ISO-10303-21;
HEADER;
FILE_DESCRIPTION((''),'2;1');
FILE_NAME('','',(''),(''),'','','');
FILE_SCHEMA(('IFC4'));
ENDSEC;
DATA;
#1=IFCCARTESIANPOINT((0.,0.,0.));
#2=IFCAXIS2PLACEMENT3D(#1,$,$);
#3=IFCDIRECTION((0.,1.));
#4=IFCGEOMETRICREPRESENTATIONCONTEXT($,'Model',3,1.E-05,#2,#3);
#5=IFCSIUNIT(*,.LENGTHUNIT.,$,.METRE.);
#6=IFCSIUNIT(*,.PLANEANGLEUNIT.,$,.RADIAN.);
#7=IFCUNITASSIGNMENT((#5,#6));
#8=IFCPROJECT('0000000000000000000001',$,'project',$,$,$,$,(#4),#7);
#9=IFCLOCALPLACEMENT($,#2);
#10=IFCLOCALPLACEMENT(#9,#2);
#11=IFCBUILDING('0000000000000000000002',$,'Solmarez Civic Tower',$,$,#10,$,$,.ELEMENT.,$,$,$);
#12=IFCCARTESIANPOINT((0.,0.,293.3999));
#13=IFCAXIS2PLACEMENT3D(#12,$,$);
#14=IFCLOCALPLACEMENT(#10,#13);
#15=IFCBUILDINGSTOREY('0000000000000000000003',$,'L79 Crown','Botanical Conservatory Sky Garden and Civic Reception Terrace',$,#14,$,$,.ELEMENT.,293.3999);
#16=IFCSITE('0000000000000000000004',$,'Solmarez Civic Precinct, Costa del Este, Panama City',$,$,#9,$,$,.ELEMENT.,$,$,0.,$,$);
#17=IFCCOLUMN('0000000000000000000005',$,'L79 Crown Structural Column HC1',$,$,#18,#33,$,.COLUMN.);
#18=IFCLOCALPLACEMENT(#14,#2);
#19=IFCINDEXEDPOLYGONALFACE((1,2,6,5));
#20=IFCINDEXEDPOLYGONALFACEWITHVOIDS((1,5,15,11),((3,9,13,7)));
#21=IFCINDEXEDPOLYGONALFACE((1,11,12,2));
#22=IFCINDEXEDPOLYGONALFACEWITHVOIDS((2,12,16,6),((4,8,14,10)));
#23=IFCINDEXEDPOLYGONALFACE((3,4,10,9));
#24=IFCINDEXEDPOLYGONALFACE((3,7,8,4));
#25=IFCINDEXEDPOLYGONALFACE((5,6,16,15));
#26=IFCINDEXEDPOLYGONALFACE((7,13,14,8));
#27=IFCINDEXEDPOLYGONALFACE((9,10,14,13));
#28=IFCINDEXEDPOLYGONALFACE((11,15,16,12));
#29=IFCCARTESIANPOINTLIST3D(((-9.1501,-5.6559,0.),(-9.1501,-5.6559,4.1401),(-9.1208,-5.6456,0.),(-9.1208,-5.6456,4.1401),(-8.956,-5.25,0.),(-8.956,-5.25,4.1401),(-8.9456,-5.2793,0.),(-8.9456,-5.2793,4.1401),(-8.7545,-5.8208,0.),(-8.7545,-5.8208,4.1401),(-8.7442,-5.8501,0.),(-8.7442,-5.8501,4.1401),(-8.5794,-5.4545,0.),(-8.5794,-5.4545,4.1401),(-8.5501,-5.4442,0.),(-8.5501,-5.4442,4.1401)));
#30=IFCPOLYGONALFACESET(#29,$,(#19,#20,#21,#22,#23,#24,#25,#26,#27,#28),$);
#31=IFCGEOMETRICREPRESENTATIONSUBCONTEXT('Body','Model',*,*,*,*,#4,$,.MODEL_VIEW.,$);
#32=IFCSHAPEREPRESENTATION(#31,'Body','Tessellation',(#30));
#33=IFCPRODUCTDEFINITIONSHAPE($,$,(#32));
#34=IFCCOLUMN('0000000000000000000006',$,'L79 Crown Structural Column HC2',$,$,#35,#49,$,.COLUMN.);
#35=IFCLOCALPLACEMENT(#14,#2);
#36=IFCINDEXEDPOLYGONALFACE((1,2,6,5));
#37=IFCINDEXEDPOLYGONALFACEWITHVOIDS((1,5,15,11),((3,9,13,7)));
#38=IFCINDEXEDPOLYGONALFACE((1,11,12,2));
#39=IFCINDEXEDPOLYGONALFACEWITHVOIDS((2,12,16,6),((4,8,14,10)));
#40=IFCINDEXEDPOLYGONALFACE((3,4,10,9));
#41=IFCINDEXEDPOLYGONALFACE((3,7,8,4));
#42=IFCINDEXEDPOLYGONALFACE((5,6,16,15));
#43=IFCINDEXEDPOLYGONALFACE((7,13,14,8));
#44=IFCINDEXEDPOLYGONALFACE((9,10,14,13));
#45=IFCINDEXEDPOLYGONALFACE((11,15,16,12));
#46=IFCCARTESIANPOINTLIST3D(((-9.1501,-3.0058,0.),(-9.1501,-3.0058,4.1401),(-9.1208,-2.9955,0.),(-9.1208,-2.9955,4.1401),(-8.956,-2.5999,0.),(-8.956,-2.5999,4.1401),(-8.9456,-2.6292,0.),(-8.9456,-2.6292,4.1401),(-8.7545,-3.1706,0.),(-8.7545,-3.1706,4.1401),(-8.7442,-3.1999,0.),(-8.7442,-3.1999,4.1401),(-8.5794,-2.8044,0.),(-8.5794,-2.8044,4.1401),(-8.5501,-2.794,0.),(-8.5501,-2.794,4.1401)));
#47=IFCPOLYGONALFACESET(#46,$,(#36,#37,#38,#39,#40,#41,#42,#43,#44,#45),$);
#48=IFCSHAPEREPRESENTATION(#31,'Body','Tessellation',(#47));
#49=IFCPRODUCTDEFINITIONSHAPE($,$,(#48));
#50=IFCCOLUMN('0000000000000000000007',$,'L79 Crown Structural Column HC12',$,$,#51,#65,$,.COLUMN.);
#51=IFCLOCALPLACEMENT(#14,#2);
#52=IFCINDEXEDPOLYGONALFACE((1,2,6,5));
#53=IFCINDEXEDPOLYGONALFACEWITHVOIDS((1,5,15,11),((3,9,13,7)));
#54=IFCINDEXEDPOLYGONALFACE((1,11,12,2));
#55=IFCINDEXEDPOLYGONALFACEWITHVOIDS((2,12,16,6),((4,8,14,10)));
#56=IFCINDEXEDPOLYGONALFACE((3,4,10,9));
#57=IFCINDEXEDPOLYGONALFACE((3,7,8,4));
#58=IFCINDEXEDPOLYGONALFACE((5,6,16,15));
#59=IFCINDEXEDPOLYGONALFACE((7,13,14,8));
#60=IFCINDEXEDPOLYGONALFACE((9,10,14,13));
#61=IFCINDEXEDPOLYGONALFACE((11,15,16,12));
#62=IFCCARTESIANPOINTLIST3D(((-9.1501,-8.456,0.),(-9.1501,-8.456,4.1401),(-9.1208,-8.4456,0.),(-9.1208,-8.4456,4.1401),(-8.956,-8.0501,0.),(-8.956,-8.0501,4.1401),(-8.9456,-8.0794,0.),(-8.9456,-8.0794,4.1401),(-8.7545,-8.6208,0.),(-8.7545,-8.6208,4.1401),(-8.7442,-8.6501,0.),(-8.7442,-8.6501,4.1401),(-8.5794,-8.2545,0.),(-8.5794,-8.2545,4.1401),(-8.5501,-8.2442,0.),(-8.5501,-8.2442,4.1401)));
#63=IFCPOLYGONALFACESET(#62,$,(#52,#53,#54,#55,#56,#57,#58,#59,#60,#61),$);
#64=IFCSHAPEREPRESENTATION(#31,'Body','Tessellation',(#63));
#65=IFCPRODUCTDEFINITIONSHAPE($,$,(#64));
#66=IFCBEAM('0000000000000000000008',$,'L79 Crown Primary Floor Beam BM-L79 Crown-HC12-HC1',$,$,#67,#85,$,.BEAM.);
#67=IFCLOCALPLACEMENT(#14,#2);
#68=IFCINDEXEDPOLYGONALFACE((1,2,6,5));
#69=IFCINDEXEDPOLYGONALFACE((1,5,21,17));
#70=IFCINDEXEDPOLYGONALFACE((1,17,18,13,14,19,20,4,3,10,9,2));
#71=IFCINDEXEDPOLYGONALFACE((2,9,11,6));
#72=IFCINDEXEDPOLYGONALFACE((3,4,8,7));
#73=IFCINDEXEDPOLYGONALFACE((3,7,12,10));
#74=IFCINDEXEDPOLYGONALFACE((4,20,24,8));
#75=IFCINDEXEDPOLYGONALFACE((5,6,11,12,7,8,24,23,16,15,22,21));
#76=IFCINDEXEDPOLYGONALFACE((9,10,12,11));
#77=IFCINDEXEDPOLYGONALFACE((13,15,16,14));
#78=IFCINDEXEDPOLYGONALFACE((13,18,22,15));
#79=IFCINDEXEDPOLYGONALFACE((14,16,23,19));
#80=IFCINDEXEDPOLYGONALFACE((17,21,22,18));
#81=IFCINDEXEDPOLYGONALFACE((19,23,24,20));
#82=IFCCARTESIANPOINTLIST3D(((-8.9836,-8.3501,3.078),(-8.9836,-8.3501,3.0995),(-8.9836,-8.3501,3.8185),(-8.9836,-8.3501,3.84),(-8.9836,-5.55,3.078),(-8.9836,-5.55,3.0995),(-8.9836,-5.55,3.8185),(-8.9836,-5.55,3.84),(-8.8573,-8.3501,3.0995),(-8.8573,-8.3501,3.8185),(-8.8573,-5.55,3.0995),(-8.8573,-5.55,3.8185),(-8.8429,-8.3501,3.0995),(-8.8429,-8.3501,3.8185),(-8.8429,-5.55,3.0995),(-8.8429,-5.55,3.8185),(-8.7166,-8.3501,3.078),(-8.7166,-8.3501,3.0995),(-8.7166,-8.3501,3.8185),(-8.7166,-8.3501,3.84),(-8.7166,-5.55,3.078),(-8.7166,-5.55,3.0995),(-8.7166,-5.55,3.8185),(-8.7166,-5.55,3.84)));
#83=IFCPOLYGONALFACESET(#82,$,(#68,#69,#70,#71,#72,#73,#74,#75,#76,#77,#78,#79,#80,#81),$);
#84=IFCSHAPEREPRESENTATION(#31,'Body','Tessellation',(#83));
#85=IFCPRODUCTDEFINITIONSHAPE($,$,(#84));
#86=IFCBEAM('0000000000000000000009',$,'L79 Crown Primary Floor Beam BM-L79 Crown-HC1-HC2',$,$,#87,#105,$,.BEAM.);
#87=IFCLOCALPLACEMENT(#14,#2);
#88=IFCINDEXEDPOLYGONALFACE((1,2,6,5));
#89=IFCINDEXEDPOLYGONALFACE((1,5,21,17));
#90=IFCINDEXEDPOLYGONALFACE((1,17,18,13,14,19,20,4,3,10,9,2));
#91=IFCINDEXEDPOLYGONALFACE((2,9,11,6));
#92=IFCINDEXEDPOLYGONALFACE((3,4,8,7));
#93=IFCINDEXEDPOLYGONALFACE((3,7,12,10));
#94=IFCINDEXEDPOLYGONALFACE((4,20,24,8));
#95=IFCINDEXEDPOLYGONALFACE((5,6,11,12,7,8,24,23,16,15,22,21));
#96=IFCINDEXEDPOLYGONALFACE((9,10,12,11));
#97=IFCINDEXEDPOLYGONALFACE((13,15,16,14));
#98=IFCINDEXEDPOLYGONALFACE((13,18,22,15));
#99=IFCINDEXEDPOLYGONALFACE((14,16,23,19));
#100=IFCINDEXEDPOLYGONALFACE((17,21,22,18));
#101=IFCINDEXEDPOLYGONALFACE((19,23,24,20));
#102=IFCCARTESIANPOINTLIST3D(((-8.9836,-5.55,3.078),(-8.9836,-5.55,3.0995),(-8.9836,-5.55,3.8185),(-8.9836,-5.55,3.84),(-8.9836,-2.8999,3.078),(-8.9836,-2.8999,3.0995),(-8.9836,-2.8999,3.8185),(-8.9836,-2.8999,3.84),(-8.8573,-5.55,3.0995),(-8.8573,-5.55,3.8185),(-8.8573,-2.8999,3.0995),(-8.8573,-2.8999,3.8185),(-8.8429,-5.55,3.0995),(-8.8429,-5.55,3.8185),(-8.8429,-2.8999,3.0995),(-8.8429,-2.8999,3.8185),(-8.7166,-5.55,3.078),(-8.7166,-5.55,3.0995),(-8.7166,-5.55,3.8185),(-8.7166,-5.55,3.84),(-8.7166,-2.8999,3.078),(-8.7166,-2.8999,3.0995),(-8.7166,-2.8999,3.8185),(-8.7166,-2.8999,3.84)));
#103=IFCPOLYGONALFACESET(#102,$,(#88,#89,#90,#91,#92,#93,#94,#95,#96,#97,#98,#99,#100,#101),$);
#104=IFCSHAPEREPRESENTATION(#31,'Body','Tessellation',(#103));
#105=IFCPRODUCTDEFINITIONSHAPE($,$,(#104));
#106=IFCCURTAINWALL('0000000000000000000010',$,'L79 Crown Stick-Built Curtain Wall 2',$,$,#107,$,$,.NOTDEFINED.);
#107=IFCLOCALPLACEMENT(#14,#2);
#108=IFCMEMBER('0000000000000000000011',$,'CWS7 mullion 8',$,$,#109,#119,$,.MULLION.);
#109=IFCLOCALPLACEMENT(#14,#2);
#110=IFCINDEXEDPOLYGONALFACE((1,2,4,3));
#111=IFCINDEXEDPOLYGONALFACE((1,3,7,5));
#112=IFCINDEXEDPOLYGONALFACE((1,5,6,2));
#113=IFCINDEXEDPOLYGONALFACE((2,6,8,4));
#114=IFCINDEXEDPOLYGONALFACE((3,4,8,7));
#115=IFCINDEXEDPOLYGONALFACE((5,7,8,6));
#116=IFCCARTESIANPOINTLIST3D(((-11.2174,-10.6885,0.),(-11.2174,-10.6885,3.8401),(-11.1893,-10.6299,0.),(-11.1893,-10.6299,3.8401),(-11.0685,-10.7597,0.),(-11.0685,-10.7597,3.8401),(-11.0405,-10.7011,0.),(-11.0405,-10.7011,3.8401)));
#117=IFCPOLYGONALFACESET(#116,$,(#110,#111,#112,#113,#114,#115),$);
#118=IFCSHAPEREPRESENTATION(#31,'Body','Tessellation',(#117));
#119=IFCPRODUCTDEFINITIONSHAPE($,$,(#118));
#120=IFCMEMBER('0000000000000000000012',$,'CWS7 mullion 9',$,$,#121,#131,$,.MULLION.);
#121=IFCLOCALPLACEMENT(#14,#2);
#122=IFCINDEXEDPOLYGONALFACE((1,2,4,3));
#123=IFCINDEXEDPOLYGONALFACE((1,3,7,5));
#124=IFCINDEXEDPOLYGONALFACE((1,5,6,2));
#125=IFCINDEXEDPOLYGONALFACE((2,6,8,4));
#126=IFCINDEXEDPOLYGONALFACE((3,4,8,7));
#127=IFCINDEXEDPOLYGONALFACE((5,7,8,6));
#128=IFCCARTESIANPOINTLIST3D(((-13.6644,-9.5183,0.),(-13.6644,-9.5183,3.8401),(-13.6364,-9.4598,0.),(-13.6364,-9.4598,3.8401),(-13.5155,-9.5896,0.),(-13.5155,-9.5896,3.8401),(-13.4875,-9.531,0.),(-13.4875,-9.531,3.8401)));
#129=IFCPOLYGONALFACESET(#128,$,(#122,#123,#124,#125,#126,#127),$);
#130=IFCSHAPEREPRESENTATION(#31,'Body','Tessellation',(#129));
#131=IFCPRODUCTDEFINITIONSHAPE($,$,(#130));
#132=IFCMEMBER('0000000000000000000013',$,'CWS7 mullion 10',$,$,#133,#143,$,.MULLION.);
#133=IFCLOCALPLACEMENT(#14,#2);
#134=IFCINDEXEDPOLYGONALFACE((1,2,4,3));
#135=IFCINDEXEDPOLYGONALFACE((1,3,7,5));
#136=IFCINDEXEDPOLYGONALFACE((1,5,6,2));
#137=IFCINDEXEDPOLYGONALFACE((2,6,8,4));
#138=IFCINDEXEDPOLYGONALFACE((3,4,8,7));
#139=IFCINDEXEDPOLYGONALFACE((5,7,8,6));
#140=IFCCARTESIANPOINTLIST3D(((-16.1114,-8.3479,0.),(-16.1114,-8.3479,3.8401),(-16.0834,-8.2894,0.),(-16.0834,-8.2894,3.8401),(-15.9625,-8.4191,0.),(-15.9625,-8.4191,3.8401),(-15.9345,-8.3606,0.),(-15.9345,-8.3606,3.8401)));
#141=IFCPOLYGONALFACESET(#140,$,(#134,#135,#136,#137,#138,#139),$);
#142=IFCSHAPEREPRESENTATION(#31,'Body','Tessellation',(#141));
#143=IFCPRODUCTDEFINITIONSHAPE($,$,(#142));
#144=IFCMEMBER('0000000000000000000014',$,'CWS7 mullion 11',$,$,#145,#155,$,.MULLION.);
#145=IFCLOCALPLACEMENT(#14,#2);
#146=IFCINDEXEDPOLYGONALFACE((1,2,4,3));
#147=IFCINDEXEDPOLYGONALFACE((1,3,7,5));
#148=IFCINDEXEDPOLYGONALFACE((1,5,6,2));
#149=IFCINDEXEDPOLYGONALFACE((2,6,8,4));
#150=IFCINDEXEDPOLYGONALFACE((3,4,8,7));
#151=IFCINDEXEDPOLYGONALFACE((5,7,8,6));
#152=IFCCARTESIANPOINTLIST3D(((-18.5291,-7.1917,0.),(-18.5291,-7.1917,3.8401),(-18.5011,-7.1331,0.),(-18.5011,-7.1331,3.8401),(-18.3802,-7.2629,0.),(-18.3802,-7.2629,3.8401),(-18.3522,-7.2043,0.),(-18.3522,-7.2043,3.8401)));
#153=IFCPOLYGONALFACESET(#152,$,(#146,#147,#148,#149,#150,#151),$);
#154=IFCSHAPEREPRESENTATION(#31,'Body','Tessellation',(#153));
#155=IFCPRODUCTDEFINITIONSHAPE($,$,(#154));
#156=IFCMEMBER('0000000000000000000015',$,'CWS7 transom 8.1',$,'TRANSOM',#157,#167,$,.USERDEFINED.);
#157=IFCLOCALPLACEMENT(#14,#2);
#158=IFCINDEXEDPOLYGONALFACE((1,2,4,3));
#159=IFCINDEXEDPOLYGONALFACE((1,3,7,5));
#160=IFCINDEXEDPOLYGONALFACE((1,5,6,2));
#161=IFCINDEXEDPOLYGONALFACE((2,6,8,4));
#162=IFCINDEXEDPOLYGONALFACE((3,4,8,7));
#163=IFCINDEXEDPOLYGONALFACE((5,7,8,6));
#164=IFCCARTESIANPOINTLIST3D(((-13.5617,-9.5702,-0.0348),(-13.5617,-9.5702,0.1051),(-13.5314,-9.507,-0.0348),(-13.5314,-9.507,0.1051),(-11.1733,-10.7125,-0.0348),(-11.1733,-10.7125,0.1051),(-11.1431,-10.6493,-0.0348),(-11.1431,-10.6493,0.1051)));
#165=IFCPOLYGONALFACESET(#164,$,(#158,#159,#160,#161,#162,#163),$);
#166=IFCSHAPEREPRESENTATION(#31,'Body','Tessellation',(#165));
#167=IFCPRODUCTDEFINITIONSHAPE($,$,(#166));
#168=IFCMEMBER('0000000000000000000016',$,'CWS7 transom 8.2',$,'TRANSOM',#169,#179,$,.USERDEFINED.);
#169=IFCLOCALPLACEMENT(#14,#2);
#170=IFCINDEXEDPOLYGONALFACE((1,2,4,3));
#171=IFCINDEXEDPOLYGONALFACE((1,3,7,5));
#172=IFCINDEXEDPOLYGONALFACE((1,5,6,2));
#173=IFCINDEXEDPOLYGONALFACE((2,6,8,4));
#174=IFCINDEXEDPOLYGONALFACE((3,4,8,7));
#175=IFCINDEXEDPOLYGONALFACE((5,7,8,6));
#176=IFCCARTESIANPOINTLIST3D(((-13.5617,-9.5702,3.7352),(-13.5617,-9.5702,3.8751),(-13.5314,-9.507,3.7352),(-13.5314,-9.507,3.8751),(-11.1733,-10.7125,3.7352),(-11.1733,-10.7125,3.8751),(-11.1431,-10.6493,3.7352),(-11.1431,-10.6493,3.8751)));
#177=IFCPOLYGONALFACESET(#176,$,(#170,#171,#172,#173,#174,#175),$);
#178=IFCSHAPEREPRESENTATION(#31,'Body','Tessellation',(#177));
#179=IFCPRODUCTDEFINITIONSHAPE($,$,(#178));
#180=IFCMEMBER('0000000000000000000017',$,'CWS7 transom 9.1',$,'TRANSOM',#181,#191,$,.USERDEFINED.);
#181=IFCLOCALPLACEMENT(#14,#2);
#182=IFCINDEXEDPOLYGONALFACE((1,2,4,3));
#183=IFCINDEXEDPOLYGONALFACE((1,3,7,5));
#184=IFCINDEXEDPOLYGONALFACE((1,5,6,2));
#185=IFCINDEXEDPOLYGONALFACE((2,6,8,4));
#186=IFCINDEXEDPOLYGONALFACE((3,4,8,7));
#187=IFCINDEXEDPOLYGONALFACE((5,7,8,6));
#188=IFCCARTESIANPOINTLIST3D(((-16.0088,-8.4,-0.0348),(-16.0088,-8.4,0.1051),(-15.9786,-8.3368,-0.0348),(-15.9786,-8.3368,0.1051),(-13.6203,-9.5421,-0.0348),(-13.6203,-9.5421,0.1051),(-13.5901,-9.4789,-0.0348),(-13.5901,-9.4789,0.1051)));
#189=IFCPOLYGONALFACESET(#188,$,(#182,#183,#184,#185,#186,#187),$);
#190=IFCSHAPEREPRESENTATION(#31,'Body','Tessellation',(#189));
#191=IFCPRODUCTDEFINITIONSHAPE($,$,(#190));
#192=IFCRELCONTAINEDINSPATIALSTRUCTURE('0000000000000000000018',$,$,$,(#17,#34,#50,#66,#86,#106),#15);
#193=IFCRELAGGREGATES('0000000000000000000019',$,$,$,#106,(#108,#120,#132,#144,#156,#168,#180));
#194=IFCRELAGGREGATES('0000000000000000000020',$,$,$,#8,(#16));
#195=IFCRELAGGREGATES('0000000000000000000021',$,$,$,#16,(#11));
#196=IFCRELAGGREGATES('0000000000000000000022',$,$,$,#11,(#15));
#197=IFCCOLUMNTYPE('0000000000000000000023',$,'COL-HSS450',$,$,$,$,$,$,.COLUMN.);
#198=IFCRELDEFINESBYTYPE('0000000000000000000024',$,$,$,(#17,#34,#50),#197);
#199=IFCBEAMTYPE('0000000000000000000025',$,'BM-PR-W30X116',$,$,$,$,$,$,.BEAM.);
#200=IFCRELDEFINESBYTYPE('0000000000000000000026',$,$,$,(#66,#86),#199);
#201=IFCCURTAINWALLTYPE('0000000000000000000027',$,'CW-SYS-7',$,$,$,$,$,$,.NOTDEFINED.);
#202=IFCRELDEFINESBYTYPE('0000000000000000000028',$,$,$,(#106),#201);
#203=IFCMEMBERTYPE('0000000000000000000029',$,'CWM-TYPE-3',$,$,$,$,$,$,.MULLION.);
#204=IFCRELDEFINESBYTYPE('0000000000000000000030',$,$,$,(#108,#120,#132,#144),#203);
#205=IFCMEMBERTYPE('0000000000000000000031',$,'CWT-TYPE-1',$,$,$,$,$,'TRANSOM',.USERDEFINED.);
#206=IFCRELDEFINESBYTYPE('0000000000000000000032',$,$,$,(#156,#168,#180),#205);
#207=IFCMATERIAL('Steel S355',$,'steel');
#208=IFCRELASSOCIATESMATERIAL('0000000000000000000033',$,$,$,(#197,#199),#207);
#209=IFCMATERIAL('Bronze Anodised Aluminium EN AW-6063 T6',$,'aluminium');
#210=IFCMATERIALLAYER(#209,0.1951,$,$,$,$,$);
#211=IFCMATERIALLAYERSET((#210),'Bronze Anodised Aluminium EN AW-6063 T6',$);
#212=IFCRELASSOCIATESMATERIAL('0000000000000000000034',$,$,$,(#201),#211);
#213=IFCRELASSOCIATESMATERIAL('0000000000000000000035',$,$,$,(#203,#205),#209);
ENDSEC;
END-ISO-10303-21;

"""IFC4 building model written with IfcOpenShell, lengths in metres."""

from ifc_helpers import new_model, si_unit, direction, frame, origin, origin_2d, place, context, subcontext, project, spatial, rectangle, hollow_rectangle, i_section, extrude, material, layer, layer_set, material_profile, profile_set, type_object, element, aggregate, save


model = new_model("IFC4")

# Units and contexts
model_context = context("Model", 3, precision=1e-05, world=origin(), true_north=direction((0.0, 1.0)))
body_context = subcontext(model_context, "Body", "Model", "MODEL_VIEW")
ifc_project = project(units=[si_unit("LENGTHUNIT", "METRE"), si_unit("PLANEANGLEUNIT", "RADIAN")], contexts=[model_context])

# Site, building, storey
site_placement = place(None, origin())
site = spatial("IfcSite", under=ifc_project, at=site_placement, Name="Solmarez Civic Precinct, Costa del Este, Panama City", CompositionType="ELEMENT", RefElevation=0.0)
building_placement = place(site_placement, origin())
building = spatial("IfcBuilding", under=site, at=building_placement, Name="Solmarez Civic Tower", CompositionType="ELEMENT")
storey_placement = place(building_placement, frame((0.0, 0.0, 293.3999)))
storey = spatial("IfcBuildingStorey", under=building, at=storey_placement, Name="L79 Crown", Description="Botanical Conservatory Sky Garden and Civic Reception Terrace", CompositionType="ELEMENT", Elevation=293.3999)

# Columns
ifc_material_1 = material(Name="Steel S355", Category="steel")
ifc_material_profile_1 = material_profile(ifc_material_1, hollow_rectangle(XDim=0.45, YDim=0.45, WallThickness=0.022, at=origin_2d()), Name="HSS450X450X22")
ifc_profile_set_1 = profile_set([ifc_material_profile_1], Name="Steel S355")
column_type = type_object("IfcColumnType", Name="COL-HSS450", PredefinedType="COLUMN", material=ifc_profile_set_1)
for number, where, z_axis, x_axis, name in (
    (1, (-8.8501, -5.55, 0.0), (0.0, 0.0, 1.0), (0.431456, 0.902134, 0.0), "L79 Crown Structural Column HC1"),
    (2, (-8.8501, -2.8999, 0.0), (0.0, 0.0, 1.0), (0.431456, 0.902134, 0.0), "L79 Crown Structural Column HC2"),
    (3, (-8.8501, -8.3501, 0.0), (0.0, 0.0, 1.0), (0.431456, 0.902134, 0.0), "L79 Crown Structural Column HC12"),
):
    element("IfcColumn", number, at=place(storey_placement, frame(where, z_axis=z_axis, x_axis=x_axis)), inside=storey, type_object=column_type, Name=name, PredefinedType="COLUMN", context=body_context, shape_type="SweptSolid", body=[
        extrude(hollow_rectangle(XDim=0.45, YDim=0.45, WallThickness=0.022, at=origin_2d()), origin(), (0.0, 0.0, 1.0), 4.1401),
    ])

# Beams
ifc_material_profile_2 = material_profile(ifc_material_1, i_section(OverallWidth=0.2671, OverallDepth=0.762, WebThickness=0.0144, FlangeThickness=0.0215, at=origin_2d()), Name="W30X116")
ifc_profile_set_2 = profile_set([ifc_material_profile_2], Name="Steel S355")
beam_type = type_object("IfcBeamType", Name="BM-PR-W30X116", PredefinedType="BEAM", material=ifc_profile_set_2)
beam_1_placement = place(storey_placement, frame((-8.8501, -8.3501, 3.459), z_axis=(0.0, 1.0, 0.0), x_axis=(-1.0, 0.0, 0.0)))
element("IfcBeam", 4, at=beam_1_placement, inside=storey, type_object=beam_type, Name="L79 Crown Primary Floor Beam BM-L79 Crown-HC12-HC1", PredefinedType="BEAM", context=body_context, shape_type="SweptSolid", body=[
    extrude(i_section(OverallWidth=0.2671, OverallDepth=0.762, WebThickness=0.0144, FlangeThickness=0.0215, at=origin_2d()), origin(), (0.0, 0.0, 1.0), 2.8),
])
beam_2_placement = place(storey_placement, frame((-8.8501, -5.55, 3.459), z_axis=(0.0, 1.0, 0.0), x_axis=(-1.0, 0.0, 0.0)))
element("IfcBeam", 5, at=beam_2_placement, inside=storey, type_object=beam_type, Name="L79 Crown Primary Floor Beam BM-L79 Crown-HC1-HC2", PredefinedType="BEAM", context=body_context, shape_type="SweptSolid", body=[
    extrude(i_section(OverallWidth=0.2671, OverallDepth=0.762, WebThickness=0.0144, FlangeThickness=0.0215, at=origin_2d()), origin(), (0.0, 0.0, 1.0), 2.6501),
])

# Curtain wall, members
ifc_material_2 = material(Name="Bronze Anodised Aluminium EN AW-6063 T6", Category="aluminium")
ifc_layer_1 = layer(ifc_material_2, 0.1951)
ifc_layer_set_1 = layer_set([ifc_layer_1], Name="Bronze Anodised Aluminium EN AW-6063 T6")
curtain_wall_type = type_object("IfcCurtainWallType", Name="CW-SYS-7", PredefinedType="NOTDEFINED", material=ifc_layer_set_1)
curtain_wall_placement = place(storey_placement, origin())
curtain_wall = element("IfcCurtainWall", 6, at=curtain_wall_placement, inside=storey, type_object=curtain_wall_type, Name="L79 Crown Stick-Built Curtain Wall 2", PredefinedType="NOTDEFINED")
ifc_material_profile_3 = material_profile(ifc_material_2, rectangle(XDim=0.0649, YDim=0.165, at=origin_2d()), Name="CWM-65X165")
ifc_profile_set_3 = profile_set([ifc_material_profile_3], Name="Bronze Anodised Aluminium EN AW-6063 T6")
member_type_1 = type_object("IfcMemberType", Name="CWM-TYPE-3", PredefinedType="MULLION", material=ifc_profile_set_3)
member_1_placement = place(storey_placement, frame((-11.1289, -10.6948, 0.0), z_axis=(0.0, 0.0, 1.0), x_axis=(-0.431454, -0.902135, 0.0)))
member_1 = element("IfcMember", 7, at=member_1_placement, type_object=member_type_1, Name="CWS7 mullion 8", PredefinedType="MULLION", context=body_context, shape_type="SweptSolid", body=[
    extrude(rectangle(XDim=0.0649, YDim=0.165, at=origin_2d()), origin(), (0.0, 0.0, 1.0), 3.8401),
])
member_2_placement = place(storey_placement, frame((-13.5759, -9.5247, 0.0), z_axis=(0.0, 0.0, 1.0), x_axis=(-0.431454, -0.902135, 0.0)))
member_2 = element("IfcMember", 8, at=member_2_placement, type_object=member_type_1, Name="CWS7 mullion 9", PredefinedType="MULLION", context=body_context, shape_type="SweptSolid", body=[
    extrude(rectangle(XDim=0.0649, YDim=0.165, at=origin_2d()), origin(), (0.0, 0.0, 1.0), 3.8401),
])
member_3_placement = place(storey_placement, frame((-16.0229, -8.3542, 0.0), z_axis=(0.0, 0.0, 1.0), x_axis=(-0.431454, -0.902135, 0.0)))
member_3 = element("IfcMember", 9, at=member_3_placement, type_object=member_type_1, Name="CWS7 mullion 10", PredefinedType="MULLION", context=body_context, shape_type="SweptSolid", body=[
    extrude(rectangle(XDim=0.0649, YDim=0.165, at=origin_2d()), origin(), (0.0, 0.0, 1.0), 3.8401),
])
member_4_placement = place(storey_placement, frame((-18.4407, -7.198, 0.0), z_axis=(0.0, 0.0, 1.0), x_axis=(-0.431454, -0.902135, 0.0)))
member_4 = element("IfcMember", 10, at=member_4_placement, type_object=member_type_1, Name="CWS7 mullion 11", PredefinedType="MULLION", context=body_context, shape_type="SweptSolid", body=[
    extrude(rectangle(XDim=0.0649, YDim=0.165, at=origin_2d()), origin(), (0.0, 0.0, 1.0), 3.8401),
])
ifc_material_profile_4 = material_profile(ifc_material_2, rectangle(XDim=0.0701, YDim=0.1399, at=origin_2d()), Name="CWT-70X140")
ifc_profile_set_4 = profile_set([ifc_material_profile_4], Name="Bronze Anodised Aluminium EN AW-6063 T6")
member_type_2 = type_object("IfcMemberType", Name="CWT-TYPE-1", ElementType="TRANSOM", PredefinedType="USERDEFINED", material=ifc_profile_set_4)
member_5_placement = place(storey_placement, frame((-11.1582, -10.6809, 0.0352), z_axis=(-0.902128, 0.431469, 0.0), x_axis=(-0.431469, -0.902128, 0.0)))
member_5 = element("IfcMember", 11, at=member_5_placement, type_object=member_type_2, Name="CWS7 transom 8.1", ObjectType="TRANSOM", PredefinedType="USERDEFINED", context=body_context, shape_type="SweptSolid", body=[
    extrude(rectangle(XDim=0.0701, YDim=0.1399, at=origin_2d()), origin(), (0.0, 0.0, 1.0), 2.6475),
])
member_6_placement = place(storey_placement, frame((-11.1582, -10.6809, 3.8052), z_axis=(-0.902128, 0.431469, 0.0), x_axis=(-0.431469, -0.902128, 0.0)))
member_6 = element("IfcMember", 12, at=member_6_placement, type_object=member_type_2, Name="CWS7 transom 8.2", ObjectType="TRANSOM", PredefinedType="USERDEFINED", context=body_context, shape_type="SweptSolid", body=[
    extrude(rectangle(XDim=0.0701, YDim=0.1399, at=origin_2d()), origin(), (0.0, 0.0, 1.0), 2.6475),
])
member_7_placement = place(storey_placement, frame((-13.6052, -9.5105, 0.0352), z_axis=(-0.902164, 0.431393, 0.0), x_axis=(-0.431393, -0.902164, 0.0)))
member_7 = element("IfcMember", 13, at=member_7_placement, type_object=member_type_2, Name="CWS7 transom 9.1", ObjectType="TRANSOM", PredefinedType="USERDEFINED", context=body_context, shape_type="SweptSolid", body=[
    extrude(rectangle(XDim=0.0701, YDim=0.1399, at=origin_2d()), origin(), (0.0, 0.0, 1.0), 2.6475),
])
aggregate(curtain_wall, [member_1, member_2, member_3, member_4, member_5, member_6, member_7])

save(model, "model.ifc")
